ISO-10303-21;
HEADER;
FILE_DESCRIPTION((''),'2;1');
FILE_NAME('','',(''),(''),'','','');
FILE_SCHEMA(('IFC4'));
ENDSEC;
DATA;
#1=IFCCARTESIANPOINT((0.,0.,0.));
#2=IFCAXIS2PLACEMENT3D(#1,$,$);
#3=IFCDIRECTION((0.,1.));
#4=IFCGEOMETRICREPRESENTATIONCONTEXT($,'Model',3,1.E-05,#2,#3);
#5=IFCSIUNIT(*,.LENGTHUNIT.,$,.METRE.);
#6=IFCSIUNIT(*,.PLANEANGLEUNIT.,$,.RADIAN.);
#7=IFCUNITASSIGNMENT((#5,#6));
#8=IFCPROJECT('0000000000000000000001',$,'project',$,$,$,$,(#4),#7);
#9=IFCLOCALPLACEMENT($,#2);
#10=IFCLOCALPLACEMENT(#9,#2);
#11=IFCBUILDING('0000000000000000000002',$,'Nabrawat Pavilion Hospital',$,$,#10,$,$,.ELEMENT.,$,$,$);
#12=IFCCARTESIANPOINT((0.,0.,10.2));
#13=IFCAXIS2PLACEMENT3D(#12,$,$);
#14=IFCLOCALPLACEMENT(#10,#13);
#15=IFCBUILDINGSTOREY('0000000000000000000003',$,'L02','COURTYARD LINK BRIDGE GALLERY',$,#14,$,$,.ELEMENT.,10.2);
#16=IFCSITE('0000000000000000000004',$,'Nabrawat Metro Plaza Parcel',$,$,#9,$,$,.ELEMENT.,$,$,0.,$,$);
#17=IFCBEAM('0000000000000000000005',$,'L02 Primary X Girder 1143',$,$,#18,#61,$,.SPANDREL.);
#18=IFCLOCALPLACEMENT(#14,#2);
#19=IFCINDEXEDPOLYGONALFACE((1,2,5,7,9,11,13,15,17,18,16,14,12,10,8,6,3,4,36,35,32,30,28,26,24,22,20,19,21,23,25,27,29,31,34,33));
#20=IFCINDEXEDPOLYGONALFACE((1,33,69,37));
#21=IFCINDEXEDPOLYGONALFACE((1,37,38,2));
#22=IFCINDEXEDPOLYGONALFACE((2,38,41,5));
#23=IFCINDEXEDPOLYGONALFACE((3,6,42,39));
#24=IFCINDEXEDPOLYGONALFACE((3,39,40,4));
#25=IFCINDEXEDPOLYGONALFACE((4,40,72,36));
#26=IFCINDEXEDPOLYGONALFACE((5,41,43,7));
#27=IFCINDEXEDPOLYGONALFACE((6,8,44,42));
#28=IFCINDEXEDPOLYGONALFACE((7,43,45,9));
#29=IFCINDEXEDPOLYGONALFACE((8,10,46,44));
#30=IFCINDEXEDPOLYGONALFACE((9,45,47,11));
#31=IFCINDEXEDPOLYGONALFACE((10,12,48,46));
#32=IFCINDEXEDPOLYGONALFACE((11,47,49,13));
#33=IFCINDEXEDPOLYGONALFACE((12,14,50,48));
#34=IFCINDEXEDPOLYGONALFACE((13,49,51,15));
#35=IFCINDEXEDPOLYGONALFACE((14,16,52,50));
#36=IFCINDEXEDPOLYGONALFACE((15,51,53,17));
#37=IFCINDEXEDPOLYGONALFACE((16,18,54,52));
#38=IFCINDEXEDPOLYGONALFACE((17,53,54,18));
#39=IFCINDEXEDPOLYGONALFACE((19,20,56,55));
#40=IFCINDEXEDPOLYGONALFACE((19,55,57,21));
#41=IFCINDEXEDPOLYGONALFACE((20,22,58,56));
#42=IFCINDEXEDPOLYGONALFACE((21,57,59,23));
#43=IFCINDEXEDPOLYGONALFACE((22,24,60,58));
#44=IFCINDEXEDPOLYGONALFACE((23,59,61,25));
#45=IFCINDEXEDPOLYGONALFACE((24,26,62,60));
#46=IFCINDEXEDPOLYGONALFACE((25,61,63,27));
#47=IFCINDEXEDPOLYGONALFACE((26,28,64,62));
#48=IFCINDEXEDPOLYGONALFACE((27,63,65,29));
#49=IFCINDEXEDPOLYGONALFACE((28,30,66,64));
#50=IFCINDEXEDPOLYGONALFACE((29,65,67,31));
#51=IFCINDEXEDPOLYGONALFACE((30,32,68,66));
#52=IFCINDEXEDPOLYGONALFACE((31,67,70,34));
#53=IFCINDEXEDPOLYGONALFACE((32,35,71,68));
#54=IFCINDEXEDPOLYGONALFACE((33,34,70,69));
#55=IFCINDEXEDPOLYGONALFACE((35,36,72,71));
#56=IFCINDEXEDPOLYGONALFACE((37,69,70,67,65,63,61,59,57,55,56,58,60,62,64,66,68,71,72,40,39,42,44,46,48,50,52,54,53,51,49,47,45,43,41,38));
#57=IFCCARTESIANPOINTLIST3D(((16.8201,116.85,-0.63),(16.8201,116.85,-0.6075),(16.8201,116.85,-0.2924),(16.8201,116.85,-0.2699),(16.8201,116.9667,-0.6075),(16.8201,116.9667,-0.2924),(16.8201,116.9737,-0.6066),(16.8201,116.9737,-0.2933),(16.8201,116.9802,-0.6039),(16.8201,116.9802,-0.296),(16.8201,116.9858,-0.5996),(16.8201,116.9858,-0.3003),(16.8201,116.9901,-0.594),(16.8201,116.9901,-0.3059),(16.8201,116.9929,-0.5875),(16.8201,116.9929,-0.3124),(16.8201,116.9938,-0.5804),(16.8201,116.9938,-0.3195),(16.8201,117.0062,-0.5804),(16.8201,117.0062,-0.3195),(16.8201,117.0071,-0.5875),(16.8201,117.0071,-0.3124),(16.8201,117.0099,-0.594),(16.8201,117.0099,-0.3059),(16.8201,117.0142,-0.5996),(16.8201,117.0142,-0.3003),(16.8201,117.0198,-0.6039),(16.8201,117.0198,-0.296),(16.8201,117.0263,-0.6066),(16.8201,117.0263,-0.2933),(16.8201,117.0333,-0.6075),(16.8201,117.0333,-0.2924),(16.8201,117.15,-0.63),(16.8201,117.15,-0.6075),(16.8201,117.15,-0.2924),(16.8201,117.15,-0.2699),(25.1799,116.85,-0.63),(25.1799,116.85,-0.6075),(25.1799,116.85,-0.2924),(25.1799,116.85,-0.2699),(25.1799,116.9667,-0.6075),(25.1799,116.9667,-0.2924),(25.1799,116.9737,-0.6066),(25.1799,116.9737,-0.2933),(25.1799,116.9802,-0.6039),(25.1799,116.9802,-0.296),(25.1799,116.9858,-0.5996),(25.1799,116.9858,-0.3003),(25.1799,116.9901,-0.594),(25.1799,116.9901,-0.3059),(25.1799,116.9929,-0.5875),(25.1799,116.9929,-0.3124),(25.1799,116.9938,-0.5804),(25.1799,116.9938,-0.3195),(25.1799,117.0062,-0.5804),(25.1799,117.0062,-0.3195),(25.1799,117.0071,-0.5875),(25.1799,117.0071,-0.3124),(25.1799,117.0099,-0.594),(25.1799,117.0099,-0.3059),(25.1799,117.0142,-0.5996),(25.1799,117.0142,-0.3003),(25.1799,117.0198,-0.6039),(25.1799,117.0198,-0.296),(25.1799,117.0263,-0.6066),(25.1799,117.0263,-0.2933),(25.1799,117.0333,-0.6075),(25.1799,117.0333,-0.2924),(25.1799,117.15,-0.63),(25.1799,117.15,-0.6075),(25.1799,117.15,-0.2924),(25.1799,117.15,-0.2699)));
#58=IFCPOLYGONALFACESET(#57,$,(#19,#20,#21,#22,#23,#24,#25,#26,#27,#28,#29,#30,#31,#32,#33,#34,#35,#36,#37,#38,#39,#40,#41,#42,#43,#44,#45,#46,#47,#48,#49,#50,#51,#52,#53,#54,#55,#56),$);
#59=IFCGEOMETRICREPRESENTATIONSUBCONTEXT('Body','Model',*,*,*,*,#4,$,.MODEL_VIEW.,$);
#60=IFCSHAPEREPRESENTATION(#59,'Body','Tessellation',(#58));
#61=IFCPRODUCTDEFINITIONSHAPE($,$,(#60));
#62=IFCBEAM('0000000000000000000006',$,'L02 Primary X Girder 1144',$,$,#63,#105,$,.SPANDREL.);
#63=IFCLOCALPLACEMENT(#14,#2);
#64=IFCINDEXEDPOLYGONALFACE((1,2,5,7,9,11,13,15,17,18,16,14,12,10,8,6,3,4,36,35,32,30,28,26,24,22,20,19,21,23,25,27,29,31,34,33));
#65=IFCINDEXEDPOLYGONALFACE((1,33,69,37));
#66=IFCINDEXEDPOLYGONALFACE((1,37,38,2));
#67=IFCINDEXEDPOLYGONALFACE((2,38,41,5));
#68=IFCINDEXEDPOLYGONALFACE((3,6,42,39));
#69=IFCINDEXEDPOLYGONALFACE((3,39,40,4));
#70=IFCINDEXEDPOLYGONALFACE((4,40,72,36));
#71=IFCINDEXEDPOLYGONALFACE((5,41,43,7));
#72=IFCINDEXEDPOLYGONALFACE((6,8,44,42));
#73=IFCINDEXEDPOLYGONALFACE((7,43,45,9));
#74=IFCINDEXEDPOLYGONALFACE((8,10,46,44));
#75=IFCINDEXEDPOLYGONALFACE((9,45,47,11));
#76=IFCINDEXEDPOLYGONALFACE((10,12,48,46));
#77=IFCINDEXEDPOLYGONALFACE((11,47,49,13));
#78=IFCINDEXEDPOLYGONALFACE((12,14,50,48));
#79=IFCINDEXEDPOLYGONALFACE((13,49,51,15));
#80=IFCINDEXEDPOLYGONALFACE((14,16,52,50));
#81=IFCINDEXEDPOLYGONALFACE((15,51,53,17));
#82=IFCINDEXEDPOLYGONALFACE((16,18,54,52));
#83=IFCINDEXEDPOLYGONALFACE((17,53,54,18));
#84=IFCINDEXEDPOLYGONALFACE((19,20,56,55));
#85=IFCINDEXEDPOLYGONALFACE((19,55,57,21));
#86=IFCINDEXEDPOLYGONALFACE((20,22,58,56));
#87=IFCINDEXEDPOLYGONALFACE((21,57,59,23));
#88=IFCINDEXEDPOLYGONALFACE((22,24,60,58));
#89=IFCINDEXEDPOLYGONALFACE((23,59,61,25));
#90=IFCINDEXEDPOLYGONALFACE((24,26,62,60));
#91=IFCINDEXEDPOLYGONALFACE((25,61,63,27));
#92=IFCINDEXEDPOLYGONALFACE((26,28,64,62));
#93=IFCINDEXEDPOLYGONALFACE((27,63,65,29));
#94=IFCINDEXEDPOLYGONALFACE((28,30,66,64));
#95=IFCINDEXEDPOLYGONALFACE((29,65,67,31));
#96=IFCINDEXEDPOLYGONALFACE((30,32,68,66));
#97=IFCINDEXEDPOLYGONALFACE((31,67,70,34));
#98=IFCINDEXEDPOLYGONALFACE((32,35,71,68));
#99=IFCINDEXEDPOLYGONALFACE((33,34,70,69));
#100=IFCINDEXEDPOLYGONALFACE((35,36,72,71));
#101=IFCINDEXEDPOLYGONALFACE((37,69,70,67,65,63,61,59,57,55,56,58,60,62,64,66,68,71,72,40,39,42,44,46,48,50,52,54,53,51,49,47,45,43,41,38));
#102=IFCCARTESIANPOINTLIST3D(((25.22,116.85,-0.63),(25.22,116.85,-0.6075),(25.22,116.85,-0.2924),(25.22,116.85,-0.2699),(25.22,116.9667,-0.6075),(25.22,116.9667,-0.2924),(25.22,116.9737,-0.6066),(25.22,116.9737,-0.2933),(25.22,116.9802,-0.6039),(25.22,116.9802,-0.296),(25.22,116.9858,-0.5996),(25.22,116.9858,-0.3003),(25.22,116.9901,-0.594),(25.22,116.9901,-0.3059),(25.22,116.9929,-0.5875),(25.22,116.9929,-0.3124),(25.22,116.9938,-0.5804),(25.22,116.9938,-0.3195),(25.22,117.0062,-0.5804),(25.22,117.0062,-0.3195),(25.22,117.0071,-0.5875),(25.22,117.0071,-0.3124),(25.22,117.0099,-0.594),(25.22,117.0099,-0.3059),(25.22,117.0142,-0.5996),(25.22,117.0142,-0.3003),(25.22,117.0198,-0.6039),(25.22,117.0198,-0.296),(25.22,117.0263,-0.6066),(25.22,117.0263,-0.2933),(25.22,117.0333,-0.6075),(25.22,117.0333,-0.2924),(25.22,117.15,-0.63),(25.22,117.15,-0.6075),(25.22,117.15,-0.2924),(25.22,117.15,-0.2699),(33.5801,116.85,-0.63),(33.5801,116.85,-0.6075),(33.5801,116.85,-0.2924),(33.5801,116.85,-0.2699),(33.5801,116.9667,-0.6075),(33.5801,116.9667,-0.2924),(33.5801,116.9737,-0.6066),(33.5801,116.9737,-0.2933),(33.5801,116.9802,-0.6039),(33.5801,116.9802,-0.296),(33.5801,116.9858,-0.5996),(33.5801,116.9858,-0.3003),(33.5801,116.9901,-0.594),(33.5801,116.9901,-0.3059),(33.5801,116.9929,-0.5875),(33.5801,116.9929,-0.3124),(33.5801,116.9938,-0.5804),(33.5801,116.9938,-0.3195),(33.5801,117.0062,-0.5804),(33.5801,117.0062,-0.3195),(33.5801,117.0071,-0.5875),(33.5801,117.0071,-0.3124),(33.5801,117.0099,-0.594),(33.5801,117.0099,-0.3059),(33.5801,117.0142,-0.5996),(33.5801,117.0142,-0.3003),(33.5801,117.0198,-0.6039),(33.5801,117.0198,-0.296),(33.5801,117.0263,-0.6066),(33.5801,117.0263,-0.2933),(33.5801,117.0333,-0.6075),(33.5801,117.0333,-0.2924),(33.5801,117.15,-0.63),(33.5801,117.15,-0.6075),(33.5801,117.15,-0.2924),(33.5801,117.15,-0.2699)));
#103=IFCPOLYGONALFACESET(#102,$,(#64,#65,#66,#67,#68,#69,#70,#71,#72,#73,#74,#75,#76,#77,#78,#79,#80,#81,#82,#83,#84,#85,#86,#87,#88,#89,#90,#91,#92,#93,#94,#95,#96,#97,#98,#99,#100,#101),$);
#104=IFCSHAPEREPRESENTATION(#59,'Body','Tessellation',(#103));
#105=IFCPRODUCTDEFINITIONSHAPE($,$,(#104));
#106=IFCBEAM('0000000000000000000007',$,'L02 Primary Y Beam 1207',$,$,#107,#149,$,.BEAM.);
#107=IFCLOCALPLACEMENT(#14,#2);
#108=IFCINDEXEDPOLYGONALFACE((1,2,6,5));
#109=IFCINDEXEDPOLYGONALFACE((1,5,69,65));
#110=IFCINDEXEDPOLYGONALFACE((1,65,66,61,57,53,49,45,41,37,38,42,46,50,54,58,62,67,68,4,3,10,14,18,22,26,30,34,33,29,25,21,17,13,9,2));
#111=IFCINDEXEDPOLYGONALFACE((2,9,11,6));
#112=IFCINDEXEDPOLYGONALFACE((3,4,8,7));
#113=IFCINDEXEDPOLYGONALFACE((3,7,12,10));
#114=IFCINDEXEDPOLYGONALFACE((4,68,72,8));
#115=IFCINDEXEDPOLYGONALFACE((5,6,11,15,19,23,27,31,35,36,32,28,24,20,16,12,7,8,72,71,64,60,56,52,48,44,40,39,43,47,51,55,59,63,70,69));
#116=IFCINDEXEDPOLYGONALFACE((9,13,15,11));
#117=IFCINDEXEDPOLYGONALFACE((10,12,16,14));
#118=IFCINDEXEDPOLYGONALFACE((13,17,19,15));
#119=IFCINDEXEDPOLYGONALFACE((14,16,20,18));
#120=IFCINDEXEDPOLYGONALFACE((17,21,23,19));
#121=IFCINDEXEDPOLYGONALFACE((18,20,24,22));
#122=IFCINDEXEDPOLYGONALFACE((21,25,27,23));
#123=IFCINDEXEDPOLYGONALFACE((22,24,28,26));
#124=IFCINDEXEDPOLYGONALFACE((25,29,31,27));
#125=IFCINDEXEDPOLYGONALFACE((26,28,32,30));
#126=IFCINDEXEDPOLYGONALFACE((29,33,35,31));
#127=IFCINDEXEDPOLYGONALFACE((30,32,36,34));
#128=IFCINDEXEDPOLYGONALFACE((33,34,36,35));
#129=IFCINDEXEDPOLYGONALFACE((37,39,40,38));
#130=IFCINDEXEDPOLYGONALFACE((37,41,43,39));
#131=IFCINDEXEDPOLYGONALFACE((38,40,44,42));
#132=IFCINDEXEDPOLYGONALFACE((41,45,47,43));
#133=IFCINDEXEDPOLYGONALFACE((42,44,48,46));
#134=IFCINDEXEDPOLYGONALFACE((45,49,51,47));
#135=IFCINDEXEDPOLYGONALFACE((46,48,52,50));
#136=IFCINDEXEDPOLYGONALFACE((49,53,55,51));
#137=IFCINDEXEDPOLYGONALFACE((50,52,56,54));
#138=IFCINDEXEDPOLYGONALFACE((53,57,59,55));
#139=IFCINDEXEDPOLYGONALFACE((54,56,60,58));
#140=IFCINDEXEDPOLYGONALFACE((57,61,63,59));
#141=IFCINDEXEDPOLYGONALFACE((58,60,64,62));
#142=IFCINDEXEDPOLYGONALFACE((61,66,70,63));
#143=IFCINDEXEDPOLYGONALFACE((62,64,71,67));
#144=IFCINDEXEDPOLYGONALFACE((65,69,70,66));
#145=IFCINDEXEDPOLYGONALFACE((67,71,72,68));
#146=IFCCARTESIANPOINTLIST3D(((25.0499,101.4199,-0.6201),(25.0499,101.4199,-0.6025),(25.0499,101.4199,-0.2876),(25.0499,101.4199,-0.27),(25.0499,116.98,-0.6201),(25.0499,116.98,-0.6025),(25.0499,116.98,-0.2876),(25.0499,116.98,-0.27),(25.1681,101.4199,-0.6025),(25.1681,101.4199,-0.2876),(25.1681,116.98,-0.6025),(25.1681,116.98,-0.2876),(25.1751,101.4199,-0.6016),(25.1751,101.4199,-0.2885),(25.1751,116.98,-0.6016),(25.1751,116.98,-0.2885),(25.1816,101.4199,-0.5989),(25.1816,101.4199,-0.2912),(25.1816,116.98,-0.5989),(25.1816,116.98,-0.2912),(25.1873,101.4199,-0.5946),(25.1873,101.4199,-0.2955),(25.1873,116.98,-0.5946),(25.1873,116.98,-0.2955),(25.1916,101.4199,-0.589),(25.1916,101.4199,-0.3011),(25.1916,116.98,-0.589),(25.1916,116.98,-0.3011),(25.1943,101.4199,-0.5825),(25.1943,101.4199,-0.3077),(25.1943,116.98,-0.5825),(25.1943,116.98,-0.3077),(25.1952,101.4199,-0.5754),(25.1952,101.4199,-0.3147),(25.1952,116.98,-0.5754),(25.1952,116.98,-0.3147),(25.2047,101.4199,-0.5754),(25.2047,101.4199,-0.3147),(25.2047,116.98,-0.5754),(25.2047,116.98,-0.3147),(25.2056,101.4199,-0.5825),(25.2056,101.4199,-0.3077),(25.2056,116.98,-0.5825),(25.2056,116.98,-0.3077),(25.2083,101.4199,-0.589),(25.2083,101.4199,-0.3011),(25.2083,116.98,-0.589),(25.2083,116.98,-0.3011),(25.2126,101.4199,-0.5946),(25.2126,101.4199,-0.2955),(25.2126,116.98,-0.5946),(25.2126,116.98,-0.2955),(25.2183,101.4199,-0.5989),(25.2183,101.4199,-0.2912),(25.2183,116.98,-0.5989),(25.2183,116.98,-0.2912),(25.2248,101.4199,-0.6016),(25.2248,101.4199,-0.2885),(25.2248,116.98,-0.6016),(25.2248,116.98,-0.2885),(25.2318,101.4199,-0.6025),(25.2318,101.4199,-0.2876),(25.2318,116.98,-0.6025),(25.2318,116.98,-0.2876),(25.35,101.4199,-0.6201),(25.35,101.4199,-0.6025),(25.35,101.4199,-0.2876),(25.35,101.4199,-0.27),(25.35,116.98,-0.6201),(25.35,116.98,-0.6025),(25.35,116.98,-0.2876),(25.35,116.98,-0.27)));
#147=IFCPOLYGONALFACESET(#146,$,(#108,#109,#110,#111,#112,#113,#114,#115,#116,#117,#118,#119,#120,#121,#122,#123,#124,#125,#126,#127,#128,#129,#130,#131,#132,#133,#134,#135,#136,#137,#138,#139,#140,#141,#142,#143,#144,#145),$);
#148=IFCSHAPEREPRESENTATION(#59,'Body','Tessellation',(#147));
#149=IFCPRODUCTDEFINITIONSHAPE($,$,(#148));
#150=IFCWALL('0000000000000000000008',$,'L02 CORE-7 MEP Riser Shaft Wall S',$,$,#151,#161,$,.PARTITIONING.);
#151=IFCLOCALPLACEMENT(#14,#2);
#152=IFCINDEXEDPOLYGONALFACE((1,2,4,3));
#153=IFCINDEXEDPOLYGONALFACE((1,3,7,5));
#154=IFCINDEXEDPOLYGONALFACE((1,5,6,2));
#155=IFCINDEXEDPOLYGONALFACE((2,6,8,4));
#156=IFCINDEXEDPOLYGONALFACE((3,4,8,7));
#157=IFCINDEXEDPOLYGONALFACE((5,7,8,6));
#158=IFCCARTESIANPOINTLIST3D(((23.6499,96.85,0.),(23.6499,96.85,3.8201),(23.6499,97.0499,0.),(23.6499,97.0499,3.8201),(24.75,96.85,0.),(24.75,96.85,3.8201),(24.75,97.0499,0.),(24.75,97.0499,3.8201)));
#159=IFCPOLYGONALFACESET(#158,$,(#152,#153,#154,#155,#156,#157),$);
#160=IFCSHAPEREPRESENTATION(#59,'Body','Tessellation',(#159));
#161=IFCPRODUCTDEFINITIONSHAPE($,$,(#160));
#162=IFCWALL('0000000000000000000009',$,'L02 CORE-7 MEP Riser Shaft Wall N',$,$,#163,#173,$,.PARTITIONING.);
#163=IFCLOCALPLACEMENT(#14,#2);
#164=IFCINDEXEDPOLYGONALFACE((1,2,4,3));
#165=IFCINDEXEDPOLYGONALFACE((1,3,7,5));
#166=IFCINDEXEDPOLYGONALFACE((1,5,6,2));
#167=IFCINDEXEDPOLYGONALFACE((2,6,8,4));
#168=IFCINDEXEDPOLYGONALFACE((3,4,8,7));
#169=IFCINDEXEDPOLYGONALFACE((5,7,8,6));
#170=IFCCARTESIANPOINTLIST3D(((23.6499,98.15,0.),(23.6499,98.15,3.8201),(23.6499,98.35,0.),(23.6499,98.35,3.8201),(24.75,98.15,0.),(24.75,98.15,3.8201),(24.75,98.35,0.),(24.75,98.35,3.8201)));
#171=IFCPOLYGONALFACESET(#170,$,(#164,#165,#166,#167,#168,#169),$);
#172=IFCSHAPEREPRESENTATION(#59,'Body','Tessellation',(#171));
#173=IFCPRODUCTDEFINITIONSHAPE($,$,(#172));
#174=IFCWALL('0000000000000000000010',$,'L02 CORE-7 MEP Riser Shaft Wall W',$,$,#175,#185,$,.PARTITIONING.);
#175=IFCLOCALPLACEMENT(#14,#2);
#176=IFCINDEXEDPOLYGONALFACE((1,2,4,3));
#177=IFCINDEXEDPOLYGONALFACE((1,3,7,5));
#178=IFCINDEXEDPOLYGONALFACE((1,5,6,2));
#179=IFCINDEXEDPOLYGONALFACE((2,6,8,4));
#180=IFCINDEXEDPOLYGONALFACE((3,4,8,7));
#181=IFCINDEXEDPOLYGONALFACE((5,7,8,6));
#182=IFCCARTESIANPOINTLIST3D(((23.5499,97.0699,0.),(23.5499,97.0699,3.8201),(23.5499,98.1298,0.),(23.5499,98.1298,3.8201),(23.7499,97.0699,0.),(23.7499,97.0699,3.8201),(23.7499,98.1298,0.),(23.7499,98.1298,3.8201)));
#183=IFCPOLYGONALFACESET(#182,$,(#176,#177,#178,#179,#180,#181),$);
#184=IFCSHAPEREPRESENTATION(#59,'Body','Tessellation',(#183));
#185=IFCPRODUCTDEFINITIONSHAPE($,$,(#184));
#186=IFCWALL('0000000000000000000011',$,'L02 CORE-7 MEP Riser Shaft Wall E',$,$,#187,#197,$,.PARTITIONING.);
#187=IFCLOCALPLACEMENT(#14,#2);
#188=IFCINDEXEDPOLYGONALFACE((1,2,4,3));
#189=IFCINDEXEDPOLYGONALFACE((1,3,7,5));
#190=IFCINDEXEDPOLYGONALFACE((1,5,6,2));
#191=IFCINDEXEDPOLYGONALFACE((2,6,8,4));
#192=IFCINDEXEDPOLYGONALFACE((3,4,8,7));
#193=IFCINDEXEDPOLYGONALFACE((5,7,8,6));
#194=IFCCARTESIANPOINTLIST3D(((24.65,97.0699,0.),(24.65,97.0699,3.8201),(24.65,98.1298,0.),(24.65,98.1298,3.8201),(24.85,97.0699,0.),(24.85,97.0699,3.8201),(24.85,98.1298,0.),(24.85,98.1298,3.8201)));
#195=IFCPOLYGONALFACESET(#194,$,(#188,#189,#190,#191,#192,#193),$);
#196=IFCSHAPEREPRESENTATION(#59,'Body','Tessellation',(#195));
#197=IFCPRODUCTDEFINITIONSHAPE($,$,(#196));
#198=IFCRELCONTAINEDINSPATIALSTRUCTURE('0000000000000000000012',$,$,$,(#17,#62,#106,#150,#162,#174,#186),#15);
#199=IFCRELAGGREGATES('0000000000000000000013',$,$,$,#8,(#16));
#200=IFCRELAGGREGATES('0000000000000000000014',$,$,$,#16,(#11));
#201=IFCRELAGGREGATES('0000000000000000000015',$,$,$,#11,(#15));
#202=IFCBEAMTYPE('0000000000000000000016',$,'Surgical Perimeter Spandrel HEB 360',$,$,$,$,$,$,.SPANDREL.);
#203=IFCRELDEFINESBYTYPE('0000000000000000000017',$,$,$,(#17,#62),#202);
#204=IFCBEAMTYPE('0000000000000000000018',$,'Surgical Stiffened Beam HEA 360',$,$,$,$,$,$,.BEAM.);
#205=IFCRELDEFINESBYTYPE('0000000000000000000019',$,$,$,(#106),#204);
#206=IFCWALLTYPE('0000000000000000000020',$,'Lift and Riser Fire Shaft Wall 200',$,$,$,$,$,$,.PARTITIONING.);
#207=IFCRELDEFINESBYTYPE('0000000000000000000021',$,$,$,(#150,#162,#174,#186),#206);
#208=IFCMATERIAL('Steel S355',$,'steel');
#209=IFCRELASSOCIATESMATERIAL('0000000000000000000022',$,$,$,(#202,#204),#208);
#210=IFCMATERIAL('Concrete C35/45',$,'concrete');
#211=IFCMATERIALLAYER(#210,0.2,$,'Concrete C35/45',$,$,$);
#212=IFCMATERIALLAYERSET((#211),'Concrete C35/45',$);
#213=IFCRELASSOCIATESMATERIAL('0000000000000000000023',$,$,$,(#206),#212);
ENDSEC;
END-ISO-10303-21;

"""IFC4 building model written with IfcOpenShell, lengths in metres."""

from ifc_helpers import new_model, si_unit, direction, frame, frame_2d, origin, origin_2d, place, context, subcontext, project, spatial, rectangle, i_section, extrude, material, layer, layer_set, material_profile, profile_set, type_object, element, save


model = new_model("IFC4")

# Units and contexts
model_context = context("Model", 3, precision=1e-05, world=origin(), true_north=direction((0.0, 1.0)))
body_context = subcontext(model_context, "Body", "Model", "MODEL_VIEW")
ifc_project = project(units=[si_unit("LENGTHUNIT", "METRE"), si_unit("PLANEANGLEUNIT", "RADIAN")], contexts=[model_context])

# Site, building, storey
site_placement = place(None, origin())
site = spatial("IfcSite", under=ifc_project, at=site_placement, Name="Nabrawat Metro Plaza Parcel", CompositionType="ELEMENT", RefElevation=0.0)
building_placement = place(site_placement, origin())
building = spatial("IfcBuilding", under=site, at=building_placement, Name="Nabrawat Pavilion Hospital", CompositionType="ELEMENT")
storey_placement = place(building_placement, frame((0.0, 0.0, 10.2)))
storey = spatial("IfcBuildingStorey", under=building, at=storey_placement, Name="L02", Description="COURTYARD LINK BRIDGE GALLERY", CompositionType="ELEMENT", Elevation=10.2)

# Shared definitions
ifc_material_1 = material(Name="Steel S355", Category="steel")

# Beams
ifc_material_profile_1 = material_profile(ifc_material_1, i_section(OverallWidth=0.3, OverallDepth=0.3601, WebThickness=0.0125, FlangeThickness=0.0225, FilletRadius=0.0271, at=origin_2d()), Name="HEB 360")
ifc_profile_set_1 = profile_set([ifc_material_profile_1], Name="Steel S355")
beam_type_1 = type_object("IfcBeamType", Name="Surgical Perimeter Spandrel HEB 360", PredefinedType="SPANDREL", material=ifc_profile_set_1)
beam_1_placement = place(storey_placement, frame((16.8201, 117.0, -0.45), z_axis=(1.0, 0.0, 0.0), x_axis=(0.0, 1.0, 0.0)))
element("IfcBeam", 1, at=beam_1_placement, inside=storey, type_object=beam_type_1, Name="L02 Primary X Girder 1143", PredefinedType="SPANDREL", context=body_context, shape_type="SweptSolid", body=[
    extrude(i_section(OverallWidth=0.3, OverallDepth=0.3601, WebThickness=0.0125, FlangeThickness=0.0225, FilletRadius=0.0271, at=origin_2d()), origin(), (0.0, 0.0, 1.0), 8.3599),
])
beam_2_placement = place(storey_placement, frame((25.22, 117.0, -0.45), z_axis=(1.0, 0.0, 0.0), x_axis=(0.0, 1.0, 0.0)))
element("IfcBeam", 2, at=beam_2_placement, inside=storey, type_object=beam_type_1, Name="L02 Primary X Girder 1144", PredefinedType="SPANDREL", context=body_context, shape_type="SweptSolid", body=[
    extrude(i_section(OverallWidth=0.3, OverallDepth=0.3601, WebThickness=0.0125, FlangeThickness=0.0225, FilletRadius=0.0271, at=origin_2d()), origin(), (0.0, 0.0, 1.0), 8.3601),
])
ifc_material_profile_2 = material_profile(ifc_material_1, i_section(OverallWidth=0.3, OverallDepth=0.3501, WebThickness=0.0095, FlangeThickness=0.0176, FilletRadius=0.0271, at=origin_2d()), Name="HEA 360")
ifc_profile_set_2 = profile_set([ifc_material_profile_2], Name="Steel S355")
beam_type_2 = type_object("IfcBeamType", Name="Surgical Stiffened Beam HEA 360", PredefinedType="BEAM", material=ifc_profile_set_2)
beam_3_placement = place(storey_placement, frame((25.2, 101.4199, -0.4451), z_axis=(0.0, 1.0, 0.0), x_axis=(-1.0, 0.0, 0.0)))
element("IfcBeam", 3, at=beam_3_placement, inside=storey, type_object=beam_type_2, Name="L02 Primary Y Beam 1207", PredefinedType="BEAM", context=body_context, shape_type="SweptSolid", body=[
    extrude(i_section(OverallWidth=0.3, OverallDepth=0.3501, WebThickness=0.0095, FlangeThickness=0.0176, FilletRadius=0.0271, at=origin_2d()), origin(), (0.0, 0.0, 1.0), 15.5601),
])

# Walls
ifc_material_2 = material(Name="Concrete C35/45", Category="concrete")
ifc_layer_1 = layer(ifc_material_2, 0.2, Name="Concrete C35/45")
ifc_layer_set_1 = layer_set([ifc_layer_1], Name="Concrete C35/45")
wall_type_1 = type_object("IfcWallType", Name="Lift and Riser Fire Shaft Wall 200", PredefinedType="PARTITIONING", material=ifc_layer_set_1)
for number, where, z_axis, x_axis, name in (
    (4, (23.6499, 96.95, 0.0), (0.0, 0.0, 1.0), (1.0, 0.0, 0.0), "L02 CORE-7 MEP Riser Shaft Wall S"),
    (5, (23.6499, 98.25, 0.0), (0.0, 0.0, 1.0), (1.0, 0.0, 0.0), "L02 CORE-7 MEP Riser Shaft Wall N"),
):
    element("IfcWall", number, at=place(storey_placement, frame(where, z_axis=z_axis, x_axis=x_axis)), inside=storey, type_object=wall_type_1, Name=name, PredefinedType="PARTITIONING", context=body_context, shape_type="SweptSolid", body=[
        extrude(rectangle(XDim=1.1001, YDim=0.2, at=frame_2d((0.55, 0.0))), origin(), (0.0, 0.0, 1.0), 3.8201),
    ])
for number, where, z_axis, x_axis, name in (
    (6, (23.6499, 97.0701, 0.0), (0.0, 0.0, 1.0), (0.0, 1.0, 0.0), "L02 CORE-7 MEP Riser Shaft Wall W"),
    (7, (24.75, 97.0701, 0.0), (0.0, 0.0, 1.0), (0.0, 1.0, 0.0), "L02 CORE-7 MEP Riser Shaft Wall E"),
):
    element("IfcWall", number, at=place(storey_placement, frame(where, z_axis=z_axis, x_axis=x_axis)), inside=storey, type_object=wall_type_1, Name=name, PredefinedType="PARTITIONING", context=body_context, shape_type="SweptSolid", body=[
        extrude(rectangle(XDim=1.0598, YDim=0.2, at=frame_2d((0.5298, 0.0))), origin(), (0.0, 0.0, 1.0), 3.8201),
    ])

save(model, "model.ifc")
